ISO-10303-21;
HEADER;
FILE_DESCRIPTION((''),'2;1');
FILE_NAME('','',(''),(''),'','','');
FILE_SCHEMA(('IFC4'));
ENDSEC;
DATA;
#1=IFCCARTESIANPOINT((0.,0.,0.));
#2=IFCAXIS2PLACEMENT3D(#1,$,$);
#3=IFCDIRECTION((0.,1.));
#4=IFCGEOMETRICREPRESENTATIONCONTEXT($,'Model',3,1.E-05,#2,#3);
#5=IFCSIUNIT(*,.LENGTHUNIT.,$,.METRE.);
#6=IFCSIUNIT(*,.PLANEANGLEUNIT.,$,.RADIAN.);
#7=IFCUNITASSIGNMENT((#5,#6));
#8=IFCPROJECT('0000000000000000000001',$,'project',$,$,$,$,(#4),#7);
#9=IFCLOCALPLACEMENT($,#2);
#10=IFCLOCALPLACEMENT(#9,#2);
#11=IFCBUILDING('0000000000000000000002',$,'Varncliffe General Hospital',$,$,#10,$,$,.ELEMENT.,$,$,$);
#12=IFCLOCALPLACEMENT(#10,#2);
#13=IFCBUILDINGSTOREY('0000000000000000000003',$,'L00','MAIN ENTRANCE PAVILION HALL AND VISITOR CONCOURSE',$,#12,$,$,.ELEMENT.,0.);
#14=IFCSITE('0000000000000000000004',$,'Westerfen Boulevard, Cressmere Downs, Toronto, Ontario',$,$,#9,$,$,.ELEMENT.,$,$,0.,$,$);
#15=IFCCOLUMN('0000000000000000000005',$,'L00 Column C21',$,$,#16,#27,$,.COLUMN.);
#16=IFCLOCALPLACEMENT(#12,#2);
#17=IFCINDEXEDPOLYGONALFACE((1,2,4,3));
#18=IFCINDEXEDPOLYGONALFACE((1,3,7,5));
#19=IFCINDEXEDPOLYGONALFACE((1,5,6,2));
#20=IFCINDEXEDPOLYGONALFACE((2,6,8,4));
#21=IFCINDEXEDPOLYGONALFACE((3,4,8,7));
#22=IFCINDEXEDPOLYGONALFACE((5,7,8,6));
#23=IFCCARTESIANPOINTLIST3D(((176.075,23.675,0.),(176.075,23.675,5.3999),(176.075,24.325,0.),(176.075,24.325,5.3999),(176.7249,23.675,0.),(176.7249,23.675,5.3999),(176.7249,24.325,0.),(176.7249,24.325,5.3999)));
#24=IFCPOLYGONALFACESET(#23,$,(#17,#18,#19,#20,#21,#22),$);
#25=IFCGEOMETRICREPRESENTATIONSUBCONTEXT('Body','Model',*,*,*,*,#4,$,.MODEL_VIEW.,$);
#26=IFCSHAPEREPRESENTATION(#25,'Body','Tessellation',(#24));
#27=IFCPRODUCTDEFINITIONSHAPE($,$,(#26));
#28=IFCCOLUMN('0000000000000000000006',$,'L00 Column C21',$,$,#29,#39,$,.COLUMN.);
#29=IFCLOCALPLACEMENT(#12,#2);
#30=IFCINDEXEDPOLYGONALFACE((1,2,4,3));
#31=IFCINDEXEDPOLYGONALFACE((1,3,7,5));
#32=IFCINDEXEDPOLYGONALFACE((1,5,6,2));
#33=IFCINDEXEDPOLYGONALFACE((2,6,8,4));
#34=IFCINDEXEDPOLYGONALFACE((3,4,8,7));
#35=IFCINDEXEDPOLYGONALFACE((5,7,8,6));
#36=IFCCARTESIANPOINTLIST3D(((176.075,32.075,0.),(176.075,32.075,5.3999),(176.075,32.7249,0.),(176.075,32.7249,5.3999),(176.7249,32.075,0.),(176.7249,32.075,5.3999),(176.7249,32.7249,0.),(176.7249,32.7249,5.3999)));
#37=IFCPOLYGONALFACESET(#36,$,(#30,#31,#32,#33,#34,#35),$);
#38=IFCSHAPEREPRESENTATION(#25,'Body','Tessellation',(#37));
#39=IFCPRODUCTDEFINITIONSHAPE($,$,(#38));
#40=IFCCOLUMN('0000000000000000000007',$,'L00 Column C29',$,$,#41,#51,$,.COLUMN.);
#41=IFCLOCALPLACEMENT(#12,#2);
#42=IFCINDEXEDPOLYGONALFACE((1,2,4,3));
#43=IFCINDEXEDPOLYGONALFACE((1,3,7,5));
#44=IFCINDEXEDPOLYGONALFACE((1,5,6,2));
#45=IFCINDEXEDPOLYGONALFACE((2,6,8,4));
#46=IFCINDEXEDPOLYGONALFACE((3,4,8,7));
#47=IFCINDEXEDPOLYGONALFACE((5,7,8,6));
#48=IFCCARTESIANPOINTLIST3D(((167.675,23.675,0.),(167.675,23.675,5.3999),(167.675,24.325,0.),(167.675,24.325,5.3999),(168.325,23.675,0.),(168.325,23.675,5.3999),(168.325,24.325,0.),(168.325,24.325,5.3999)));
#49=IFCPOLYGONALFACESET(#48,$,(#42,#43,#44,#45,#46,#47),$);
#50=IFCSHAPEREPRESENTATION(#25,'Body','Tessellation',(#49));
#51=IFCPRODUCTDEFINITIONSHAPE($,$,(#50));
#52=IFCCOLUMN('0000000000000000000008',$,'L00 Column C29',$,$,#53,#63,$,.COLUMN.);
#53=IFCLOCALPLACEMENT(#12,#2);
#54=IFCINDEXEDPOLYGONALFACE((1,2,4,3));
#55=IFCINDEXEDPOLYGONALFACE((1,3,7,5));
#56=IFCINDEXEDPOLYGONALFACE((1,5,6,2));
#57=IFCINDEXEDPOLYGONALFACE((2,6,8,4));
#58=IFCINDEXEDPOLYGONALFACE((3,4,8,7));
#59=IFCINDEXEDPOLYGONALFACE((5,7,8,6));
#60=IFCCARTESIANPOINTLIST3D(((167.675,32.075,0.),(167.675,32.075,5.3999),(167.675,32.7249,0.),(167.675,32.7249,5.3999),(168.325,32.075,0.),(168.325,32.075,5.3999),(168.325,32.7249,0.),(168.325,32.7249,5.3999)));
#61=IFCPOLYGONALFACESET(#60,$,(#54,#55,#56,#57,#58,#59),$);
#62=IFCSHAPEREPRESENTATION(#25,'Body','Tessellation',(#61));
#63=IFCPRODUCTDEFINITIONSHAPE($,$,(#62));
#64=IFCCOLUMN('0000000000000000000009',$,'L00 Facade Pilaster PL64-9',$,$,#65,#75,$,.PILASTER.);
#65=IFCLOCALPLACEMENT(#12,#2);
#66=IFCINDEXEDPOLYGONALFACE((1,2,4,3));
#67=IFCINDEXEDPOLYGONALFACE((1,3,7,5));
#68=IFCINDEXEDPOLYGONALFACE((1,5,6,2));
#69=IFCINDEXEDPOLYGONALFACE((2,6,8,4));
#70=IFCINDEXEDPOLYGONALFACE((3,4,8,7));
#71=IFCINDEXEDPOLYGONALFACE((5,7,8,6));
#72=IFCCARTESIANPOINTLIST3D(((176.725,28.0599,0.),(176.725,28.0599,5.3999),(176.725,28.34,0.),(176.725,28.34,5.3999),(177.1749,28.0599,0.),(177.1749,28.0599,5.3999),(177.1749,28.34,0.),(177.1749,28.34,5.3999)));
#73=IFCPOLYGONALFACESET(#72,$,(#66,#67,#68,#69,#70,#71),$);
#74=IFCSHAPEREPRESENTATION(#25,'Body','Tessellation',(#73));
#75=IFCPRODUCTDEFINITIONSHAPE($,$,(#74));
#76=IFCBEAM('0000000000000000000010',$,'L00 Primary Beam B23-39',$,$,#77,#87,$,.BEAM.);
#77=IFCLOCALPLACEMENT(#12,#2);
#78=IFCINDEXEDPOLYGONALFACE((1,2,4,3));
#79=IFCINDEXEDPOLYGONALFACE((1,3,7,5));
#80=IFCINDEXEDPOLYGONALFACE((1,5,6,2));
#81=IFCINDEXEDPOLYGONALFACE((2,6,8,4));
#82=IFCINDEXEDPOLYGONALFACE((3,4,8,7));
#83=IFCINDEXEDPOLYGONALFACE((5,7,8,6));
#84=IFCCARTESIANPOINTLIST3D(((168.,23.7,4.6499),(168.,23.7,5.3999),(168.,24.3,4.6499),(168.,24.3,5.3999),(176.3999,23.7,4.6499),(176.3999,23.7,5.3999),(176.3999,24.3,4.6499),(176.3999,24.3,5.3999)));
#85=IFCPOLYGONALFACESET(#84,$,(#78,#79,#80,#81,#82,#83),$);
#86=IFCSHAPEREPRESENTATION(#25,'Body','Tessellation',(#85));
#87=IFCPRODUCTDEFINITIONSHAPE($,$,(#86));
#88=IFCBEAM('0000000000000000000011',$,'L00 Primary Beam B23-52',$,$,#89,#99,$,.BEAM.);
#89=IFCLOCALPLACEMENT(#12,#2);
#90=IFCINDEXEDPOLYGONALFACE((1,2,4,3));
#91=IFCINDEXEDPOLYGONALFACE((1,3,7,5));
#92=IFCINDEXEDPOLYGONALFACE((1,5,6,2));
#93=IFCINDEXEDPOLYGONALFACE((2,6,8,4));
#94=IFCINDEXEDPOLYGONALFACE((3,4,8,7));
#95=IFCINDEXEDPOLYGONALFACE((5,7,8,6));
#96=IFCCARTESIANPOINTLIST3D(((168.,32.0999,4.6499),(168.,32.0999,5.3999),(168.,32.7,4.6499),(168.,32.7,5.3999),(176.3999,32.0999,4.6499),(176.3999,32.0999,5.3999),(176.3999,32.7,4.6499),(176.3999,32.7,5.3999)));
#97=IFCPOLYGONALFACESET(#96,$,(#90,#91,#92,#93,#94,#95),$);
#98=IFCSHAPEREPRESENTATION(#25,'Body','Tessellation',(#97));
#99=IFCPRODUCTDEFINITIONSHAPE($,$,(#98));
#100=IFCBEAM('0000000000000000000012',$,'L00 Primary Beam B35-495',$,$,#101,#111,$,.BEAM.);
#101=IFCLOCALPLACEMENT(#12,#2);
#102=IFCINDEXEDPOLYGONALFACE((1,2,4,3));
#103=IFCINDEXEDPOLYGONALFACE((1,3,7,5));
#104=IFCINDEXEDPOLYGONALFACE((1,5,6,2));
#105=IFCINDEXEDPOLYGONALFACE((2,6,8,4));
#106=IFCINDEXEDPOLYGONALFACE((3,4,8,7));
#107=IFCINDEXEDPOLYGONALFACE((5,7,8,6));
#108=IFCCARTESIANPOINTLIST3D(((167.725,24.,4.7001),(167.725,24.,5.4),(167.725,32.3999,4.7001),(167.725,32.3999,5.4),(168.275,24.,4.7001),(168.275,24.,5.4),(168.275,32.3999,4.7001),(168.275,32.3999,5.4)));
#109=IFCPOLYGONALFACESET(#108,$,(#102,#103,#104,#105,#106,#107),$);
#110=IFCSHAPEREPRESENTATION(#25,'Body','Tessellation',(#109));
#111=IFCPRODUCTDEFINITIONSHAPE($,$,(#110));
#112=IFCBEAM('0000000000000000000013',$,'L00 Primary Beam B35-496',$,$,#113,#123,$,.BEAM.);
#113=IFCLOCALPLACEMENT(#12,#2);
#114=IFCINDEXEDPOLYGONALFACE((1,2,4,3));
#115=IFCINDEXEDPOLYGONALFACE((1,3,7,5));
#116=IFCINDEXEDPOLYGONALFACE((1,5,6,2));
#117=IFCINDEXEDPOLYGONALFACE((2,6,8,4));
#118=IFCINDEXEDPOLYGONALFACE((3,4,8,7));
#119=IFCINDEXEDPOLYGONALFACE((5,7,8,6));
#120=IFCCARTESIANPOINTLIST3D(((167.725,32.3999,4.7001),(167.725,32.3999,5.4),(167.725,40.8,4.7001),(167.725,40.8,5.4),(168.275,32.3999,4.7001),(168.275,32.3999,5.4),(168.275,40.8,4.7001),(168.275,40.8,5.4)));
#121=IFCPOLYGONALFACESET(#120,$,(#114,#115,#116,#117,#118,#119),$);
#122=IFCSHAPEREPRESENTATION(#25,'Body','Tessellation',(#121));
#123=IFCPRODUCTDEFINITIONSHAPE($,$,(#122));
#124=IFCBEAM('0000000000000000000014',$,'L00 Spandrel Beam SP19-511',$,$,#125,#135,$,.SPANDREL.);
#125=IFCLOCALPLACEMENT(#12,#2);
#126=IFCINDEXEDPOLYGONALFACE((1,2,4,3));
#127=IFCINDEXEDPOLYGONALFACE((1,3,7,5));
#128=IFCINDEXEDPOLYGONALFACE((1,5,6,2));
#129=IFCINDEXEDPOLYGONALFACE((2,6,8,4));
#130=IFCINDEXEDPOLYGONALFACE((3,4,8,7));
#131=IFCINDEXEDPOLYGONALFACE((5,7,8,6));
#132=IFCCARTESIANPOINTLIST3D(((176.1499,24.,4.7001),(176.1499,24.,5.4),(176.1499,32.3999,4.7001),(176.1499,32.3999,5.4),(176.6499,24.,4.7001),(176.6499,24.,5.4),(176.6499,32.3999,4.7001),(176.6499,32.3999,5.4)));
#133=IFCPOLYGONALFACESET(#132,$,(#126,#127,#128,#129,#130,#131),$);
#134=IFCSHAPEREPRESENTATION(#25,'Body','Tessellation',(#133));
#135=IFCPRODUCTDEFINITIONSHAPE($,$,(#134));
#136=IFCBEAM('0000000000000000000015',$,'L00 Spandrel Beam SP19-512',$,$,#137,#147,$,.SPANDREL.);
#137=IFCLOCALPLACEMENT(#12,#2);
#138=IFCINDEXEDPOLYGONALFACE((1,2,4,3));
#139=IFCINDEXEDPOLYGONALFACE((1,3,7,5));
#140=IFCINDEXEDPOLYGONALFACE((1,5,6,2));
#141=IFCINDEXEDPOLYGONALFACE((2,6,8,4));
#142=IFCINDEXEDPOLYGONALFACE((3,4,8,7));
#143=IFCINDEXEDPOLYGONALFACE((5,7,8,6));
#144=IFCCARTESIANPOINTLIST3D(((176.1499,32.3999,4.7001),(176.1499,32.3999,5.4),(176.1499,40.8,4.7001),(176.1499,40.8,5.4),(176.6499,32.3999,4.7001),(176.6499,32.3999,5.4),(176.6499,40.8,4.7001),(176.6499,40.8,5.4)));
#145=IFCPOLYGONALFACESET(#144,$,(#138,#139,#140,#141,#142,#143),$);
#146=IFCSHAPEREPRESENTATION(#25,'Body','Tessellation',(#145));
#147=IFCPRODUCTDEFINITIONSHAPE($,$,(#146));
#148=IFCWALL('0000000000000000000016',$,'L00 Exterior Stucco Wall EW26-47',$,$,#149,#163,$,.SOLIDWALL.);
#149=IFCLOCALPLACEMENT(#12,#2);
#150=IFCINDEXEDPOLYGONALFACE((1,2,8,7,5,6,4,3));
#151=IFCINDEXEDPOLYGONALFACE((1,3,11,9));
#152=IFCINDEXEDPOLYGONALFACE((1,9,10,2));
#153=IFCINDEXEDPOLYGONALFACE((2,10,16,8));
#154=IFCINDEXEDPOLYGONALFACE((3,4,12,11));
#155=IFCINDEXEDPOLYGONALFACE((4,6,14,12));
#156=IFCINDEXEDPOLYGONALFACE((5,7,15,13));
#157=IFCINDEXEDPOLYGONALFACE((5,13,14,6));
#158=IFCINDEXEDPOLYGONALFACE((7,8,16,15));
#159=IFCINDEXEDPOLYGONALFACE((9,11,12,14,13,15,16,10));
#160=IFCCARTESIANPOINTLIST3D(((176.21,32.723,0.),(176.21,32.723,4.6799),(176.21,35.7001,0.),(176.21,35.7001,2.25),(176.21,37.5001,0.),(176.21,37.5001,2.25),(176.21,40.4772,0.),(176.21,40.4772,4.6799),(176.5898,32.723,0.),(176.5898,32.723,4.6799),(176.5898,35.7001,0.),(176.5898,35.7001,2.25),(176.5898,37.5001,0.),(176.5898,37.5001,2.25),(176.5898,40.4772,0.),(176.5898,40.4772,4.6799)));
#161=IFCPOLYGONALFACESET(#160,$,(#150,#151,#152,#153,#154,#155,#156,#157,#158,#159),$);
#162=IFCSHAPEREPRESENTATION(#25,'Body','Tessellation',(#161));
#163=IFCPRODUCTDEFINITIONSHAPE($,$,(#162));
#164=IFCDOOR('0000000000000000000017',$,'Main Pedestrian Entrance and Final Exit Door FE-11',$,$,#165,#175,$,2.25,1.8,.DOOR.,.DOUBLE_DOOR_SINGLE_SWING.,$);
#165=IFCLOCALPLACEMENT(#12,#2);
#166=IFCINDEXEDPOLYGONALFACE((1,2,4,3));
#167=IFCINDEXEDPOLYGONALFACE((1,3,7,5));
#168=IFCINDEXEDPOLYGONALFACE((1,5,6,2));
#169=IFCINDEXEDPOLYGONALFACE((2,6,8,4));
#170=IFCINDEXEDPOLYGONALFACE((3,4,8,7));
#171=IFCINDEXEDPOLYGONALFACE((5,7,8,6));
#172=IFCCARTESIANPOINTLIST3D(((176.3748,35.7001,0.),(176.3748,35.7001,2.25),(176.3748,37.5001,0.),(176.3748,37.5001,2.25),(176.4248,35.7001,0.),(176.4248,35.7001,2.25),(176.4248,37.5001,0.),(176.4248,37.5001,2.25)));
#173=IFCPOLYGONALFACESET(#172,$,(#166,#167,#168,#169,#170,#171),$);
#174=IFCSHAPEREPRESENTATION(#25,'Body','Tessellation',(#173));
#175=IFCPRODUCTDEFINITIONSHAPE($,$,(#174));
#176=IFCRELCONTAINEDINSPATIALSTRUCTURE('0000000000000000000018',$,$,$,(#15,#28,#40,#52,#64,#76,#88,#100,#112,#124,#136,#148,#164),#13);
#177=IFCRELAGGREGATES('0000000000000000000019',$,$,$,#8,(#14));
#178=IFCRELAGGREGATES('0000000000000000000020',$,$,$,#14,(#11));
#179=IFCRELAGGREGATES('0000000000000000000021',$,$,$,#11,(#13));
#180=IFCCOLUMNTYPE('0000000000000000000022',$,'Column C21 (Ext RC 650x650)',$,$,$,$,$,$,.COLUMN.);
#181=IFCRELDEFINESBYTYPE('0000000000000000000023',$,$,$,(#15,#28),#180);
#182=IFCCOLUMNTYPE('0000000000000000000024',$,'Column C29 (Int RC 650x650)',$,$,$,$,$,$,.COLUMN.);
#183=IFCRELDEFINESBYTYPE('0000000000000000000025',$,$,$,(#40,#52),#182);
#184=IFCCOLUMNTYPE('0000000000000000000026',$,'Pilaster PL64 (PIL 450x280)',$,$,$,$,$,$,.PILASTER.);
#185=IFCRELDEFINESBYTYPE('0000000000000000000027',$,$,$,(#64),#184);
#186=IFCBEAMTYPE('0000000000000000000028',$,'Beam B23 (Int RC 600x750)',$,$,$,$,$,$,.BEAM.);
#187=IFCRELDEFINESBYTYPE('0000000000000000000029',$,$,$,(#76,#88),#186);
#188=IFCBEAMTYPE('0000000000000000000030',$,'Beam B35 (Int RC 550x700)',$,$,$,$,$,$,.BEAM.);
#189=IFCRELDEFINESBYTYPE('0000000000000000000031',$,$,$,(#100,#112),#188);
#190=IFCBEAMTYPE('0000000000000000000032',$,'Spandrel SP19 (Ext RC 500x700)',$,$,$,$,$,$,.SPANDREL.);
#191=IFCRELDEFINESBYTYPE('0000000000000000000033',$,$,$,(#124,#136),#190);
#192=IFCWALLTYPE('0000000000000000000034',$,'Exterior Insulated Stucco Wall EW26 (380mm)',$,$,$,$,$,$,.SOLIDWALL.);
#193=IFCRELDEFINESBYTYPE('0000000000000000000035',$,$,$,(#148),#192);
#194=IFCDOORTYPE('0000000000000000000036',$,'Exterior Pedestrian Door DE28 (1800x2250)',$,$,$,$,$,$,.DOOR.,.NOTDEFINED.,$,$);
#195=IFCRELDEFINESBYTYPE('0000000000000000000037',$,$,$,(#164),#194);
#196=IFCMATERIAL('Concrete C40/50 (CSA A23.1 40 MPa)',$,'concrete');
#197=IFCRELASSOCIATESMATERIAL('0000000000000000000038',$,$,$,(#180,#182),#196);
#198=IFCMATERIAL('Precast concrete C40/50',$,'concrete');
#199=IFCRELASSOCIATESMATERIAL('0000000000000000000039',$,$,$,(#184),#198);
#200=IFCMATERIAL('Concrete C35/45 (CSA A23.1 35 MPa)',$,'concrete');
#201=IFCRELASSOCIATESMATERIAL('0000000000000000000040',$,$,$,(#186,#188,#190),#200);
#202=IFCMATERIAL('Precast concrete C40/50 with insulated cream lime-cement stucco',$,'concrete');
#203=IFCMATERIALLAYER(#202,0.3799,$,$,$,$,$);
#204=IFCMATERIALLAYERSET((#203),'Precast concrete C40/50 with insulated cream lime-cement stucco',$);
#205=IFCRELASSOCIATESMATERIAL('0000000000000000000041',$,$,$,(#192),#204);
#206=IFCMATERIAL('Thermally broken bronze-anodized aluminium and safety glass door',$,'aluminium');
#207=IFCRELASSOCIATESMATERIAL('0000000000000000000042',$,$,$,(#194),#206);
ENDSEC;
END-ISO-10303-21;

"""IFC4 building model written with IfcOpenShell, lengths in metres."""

from ifc_helpers import new_model, si_unit, direction, frame, frame_2d, origin, origin_2d, place, context, subcontext, project, spatial, rectangle, extrude, material, layer, layer_set, material_profile, profile_set, type_object, element, fill, save


model = new_model("IFC4")

# Units and contexts
model_context = context("Model", 3, precision=1e-05, world=origin(), true_north=direction((0.0, 1.0)))
body_context = subcontext(model_context, "Body", "Model", "MODEL_VIEW")
ifc_project = project(units=[si_unit("LENGTHUNIT", "METRE"), si_unit("PLANEANGLEUNIT", "RADIAN")], contexts=[model_context])

# Site, building, storey
site_placement = place(None, origin())
site = spatial("IfcSite", under=ifc_project, at=site_placement, Name="Westerfen Boulevard, Cressmere Downs, Toronto, Ontario", CompositionType="ELEMENT", RefElevation=0.0)
building_placement = place(site_placement, origin())
building = spatial("IfcBuilding", under=site, at=building_placement, Name="Varncliffe General Hospital", CompositionType="ELEMENT")
storey_placement = place(building_placement, origin())
storey = spatial("IfcBuildingStorey", under=building, at=storey_placement, Name="L00", Description="MAIN ENTRANCE PAVILION HALL AND VISITOR CONCOURSE", CompositionType="ELEMENT", Elevation=0.0)

# Columns
ifc_material_1 = material(Name="Concrete C40/50 (CSA A23.1 40 MPa)", Category="concrete")
ifc_material_profile_1 = material_profile(ifc_material_1, rectangle(XDim=0.6499, YDim=0.6499, at=origin_2d()), Name="RC 650x650")
ifc_profile_set_1 = profile_set([ifc_material_profile_1], Name="Concrete C40/50 (CSA A23.1 40 MPa)")
column_type_1 = type_object("IfcColumnType", Name="Column C21 (Ext RC 650x650)", PredefinedType="COLUMN", material=ifc_profile_set_1)
for number, where, z_axis, x_axis, name in (
    (1, (176.3999, 24.0, 0.0), (0.0, 0.0, 1.0), (1.0, 0.0, 0.0), "L00 Column C21"),
    (2, (176.3999, 32.3999, 0.0), (0.0, 0.0, 1.0), (1.0, 0.0, 0.0), "L00 Column C21"),
):
    element("IfcColumn", number, at=place(storey_placement, frame(where, z_axis=z_axis, x_axis=x_axis)), inside=storey, type_object=column_type_1, Name=name, PredefinedType="COLUMN", context=body_context, shape_type="SweptSolid", body=[
        extrude(rectangle(XDim=0.6499, YDim=0.6499, at=origin_2d()), origin(), (0.0, 0.0, 1.0), 5.3999),
    ])
ifc_material_profile_2 = material_profile(ifc_material_1, rectangle(XDim=0.6499, YDim=0.6499, at=origin_2d()), Name="RC 650x650")
ifc_profile_set_2 = profile_set([ifc_material_profile_2], Name="Concrete C40/50 (CSA A23.1 40 MPa)")
column_type_2 = type_object("IfcColumnType", Name="Column C29 (Int RC 650x650)", PredefinedType="COLUMN", material=ifc_profile_set_2)
for number, where, z_axis, x_axis, name in (
    (3, (168.0, 24.0, 0.0), (0.0, 0.0, 1.0), (1.0, 0.0, 0.0), "L00 Column C29"),
    (4, (168.0, 32.3999, 0.0), (0.0, 0.0, 1.0), (1.0, 0.0, 0.0), "L00 Column C29"),
):
    element("IfcColumn", number, at=place(storey_placement, frame(where, z_axis=z_axis, x_axis=x_axis)), inside=storey, type_object=column_type_2, Name=name, PredefinedType="COLUMN", context=body_context, shape_type="SweptSolid", body=[
        extrude(rectangle(XDim=0.6499, YDim=0.6499, at=origin_2d()), origin(), (0.0, 0.0, 1.0), 5.3999),
    ])
ifc_material_2 = material(Name="Precast concrete C40/50", Category="concrete")
ifc_material_profile_3 = material_profile(ifc_material_2, rectangle(XDim=0.45, YDim=0.28, at=origin_2d()), Name="PIL 450x280")
ifc_profile_set_3 = profile_set([ifc_material_profile_3], Name="Precast concrete C40/50")
column_type_3 = type_object("IfcColumnType", Name="Pilaster PL64 (PIL 450x280)", PredefinedType="PILASTER", material=ifc_profile_set_3)
column_placement = place(storey_placement, frame((176.95, 28.2, 0.0), z_axis=(0.0, 0.0, 1.0), x_axis=(1.0, 0.0, 0.0)))
element("IfcColumn", 5, at=column_placement, inside=storey, type_object=column_type_3, Name="L00 Facade Pilaster PL64-9", PredefinedType="PILASTER", context=body_context, shape_type="SweptSolid", body=[
    extrude(rectangle(XDim=0.45, YDim=0.28, at=origin_2d()), origin(), (0.0, 0.0, 1.0), 5.3999),
])

# Beams
ifc_material_3 = material(Name="Concrete C35/45 (CSA A23.1 35 MPa)", Category="concrete")
ifc_material_profile_4 = material_profile(ifc_material_3, rectangle(XDim=0.6001, YDim=0.75, at=origin_2d()), Name="RC 600x750")
ifc_profile_set_4 = profile_set([ifc_material_profile_4], Name="Concrete C35/45 (CSA A23.1 35 MPa)")
beam_type_1 = type_object("IfcBeamType", Name="Beam B23 (Int RC 600x750)", PredefinedType="BEAM", material=ifc_profile_set_4)
for number, where, z_axis, x_axis, name in (
    (6, (168.0, 24.0, 5.0249), (1.0, 0.0, 0.0), (0.0, 1.0, 0.0), "L00 Primary Beam B23-39"),
    (7, (168.0, 32.3999, 5.0249), (1.0, 0.0, 0.0), (0.0, 1.0, 0.0), "L00 Primary Beam B23-52"),
):
    element("IfcBeam", number, at=place(storey_placement, frame(where, z_axis=z_axis, x_axis=x_axis)), inside=storey, type_object=beam_type_1, Name=name, PredefinedType="BEAM", context=body_context, shape_type="SweptSolid", body=[
        extrude(rectangle(XDim=0.6001, YDim=0.75, at=origin_2d()), origin(), (0.0, 0.0, 1.0), 8.3999),
    ])
ifc_material_profile_5 = material_profile(ifc_material_3, rectangle(XDim=0.55, YDim=0.7, at=origin_2d()), Name="RC 550x700")
ifc_profile_set_5 = profile_set([ifc_material_profile_5], Name="Concrete C35/45 (CSA A23.1 35 MPa)")
beam_type_2 = type_object("IfcBeamType", Name="Beam B35 (Int RC 550x700)", PredefinedType="BEAM", material=ifc_profile_set_5)
beam_1_placement = place(storey_placement, frame((168.0, 24.0, 5.05), z_axis=(0.0, 1.0, 0.0), x_axis=(-1.0, 0.0, 0.0)))
element("IfcBeam", 8, at=beam_1_placement, inside=storey, type_object=beam_type_2, Name="L00 Primary Beam B35-495", PredefinedType="BEAM", context=body_context, shape_type="SweptSolid", body=[
    extrude(rectangle(XDim=0.55, YDim=0.7, at=origin_2d()), origin(), (0.0, 0.0, 1.0), 8.3999),
])
beam_2_placement = place(storey_placement, frame((168.0, 32.3999, 5.05), z_axis=(0.0, 1.0, 0.0), x_axis=(-1.0, 0.0, 0.0)))
element("IfcBeam", 9, at=beam_2_placement, inside=storey, type_object=beam_type_2, Name="L00 Primary Beam B35-496", PredefinedType="BEAM", context=body_context, shape_type="SweptSolid", body=[
    extrude(rectangle(XDim=0.55, YDim=0.7, at=origin_2d()), origin(), (0.0, 0.0, 1.0), 8.4001),
])
ifc_material_profile_6 = material_profile(ifc_material_3, rectangle(XDim=0.5, YDim=0.7, at=origin_2d()), Name="RC 500x700")
ifc_profile_set_6 = profile_set([ifc_material_profile_6], Name="Concrete C35/45 (CSA A23.1 35 MPa)")
beam_type_3 = type_object("IfcBeamType", Name="Spandrel SP19 (Ext RC 500x700)", PredefinedType="SPANDREL", material=ifc_profile_set_6)
beam_3_placement = place(storey_placement, frame((176.3999, 24.0, 5.05), z_axis=(0.0, 1.0, 0.0), x_axis=(-1.0, 0.0, 0.0)))
element("IfcBeam", 10, at=beam_3_placement, inside=storey, type_object=beam_type_3, Name="L00 Spandrel Beam SP19-511", PredefinedType="SPANDREL", context=body_context, shape_type="SweptSolid", body=[
    extrude(rectangle(XDim=0.5, YDim=0.7, at=origin_2d()), origin(), (0.0, 0.0, 1.0), 8.3999),
])
beam_4_placement = place(storey_placement, frame((176.3999, 32.3999, 5.05), z_axis=(0.0, 1.0, 0.0), x_axis=(-1.0, 0.0, 0.0)))
element("IfcBeam", 11, at=beam_4_placement, inside=storey, type_object=beam_type_3, Name="L00 Spandrel Beam SP19-512", PredefinedType="SPANDREL", context=body_context, shape_type="SweptSolid", body=[
    extrude(rectangle(XDim=0.5, YDim=0.7, at=origin_2d()), origin(), (0.0, 0.0, 1.0), 8.4001),
])

# Wall, opening, door
ifc_material_4 = material(Name="Precast concrete C40/50 with insulated cream lime-cement stucco", Category="concrete")
ifc_layer_1 = layer(ifc_material_4, 0.3799)
ifc_layer_set_1 = layer_set([ifc_layer_1], Name="Precast concrete C40/50 with insulated cream lime-cement stucco")
wall_type_1 = type_object("IfcWallType", Name="Exterior Insulated Stucco Wall EW26 (380mm)", PredefinedType="SOLIDWALL", material=ifc_layer_set_1)
wall_1_placement = place(storey_placement, frame((176.3999, 40.4771, 0.0), z_axis=(0.0, 0.0, 1.0), x_axis=(0.0, -1.0, 0.0)))
wall_1 = element("IfcWall", 12, at=wall_1_placement, inside=storey, type_object=wall_type_1, Name="L00 Exterior Stucco Wall EW26-47", PredefinedType="SOLIDWALL", context=body_context, shape_type="SweptSolid", body=[
    extrude(rectangle(XDim=7.7542, YDim=0.3799, at=frame_2d((3.877, 0.0))), origin(), (0.0, 0.0, 1.0), 4.6799),
])
opening_1_placement = place(wall_1_placement, frame((2.9771, 0.0, 0.0)))
opening_1 = element("IfcOpeningElement", 13, at=opening_1_placement, cuts=wall_1, PredefinedType="OPENING", context=body_context, shape_type="SweptSolid", body=[
    extrude(rectangle(XDim=1.8, YDim=2.25, at=frame_2d((0.8999, 1.125))), frame((0.0, 0.2, 0.0), z_axis=(0.0, -1.0, 0.0), x_axis=(1.0, 0.0, 0.0)), (0.0, 0.0, 1.0), 0.3999),
])
ifc_material_5 = material(Name="Thermally broken bronze-anodized aluminium and safety glass door", Category="aluminium")
door_type_1 = type_object("IfcDoorType", Name="Exterior Pedestrian Door DE28 (1800x2250)", OperationType="NOTDEFINED", PredefinedType="DOOR", material=ifc_material_5)
door_1_placement = place(opening_1_placement, origin())
door_1 = element("IfcDoor", 14, at=door_1_placement, inside=storey, type_object=door_type_1, Name="Main Pedestrian Entrance and Final Exit Door FE-11", OperationType="DOUBLE_DOOR_SINGLE_SWING", OverallHeight=2.25, OverallWidth=1.8, PredefinedType="DOOR", context=body_context, shape_type="SweptSolid", body=[
    extrude(rectangle(XDim=1.8, YDim=2.25, at=frame_2d((0.8999, 1.125))), frame((0.0, 0.0249, 0.0), z_axis=(0.0, -1.0, 0.0), x_axis=(1.0, 0.0, 0.0)), (0.0, 0.0, 1.0), 0.05),
])
fill(opening_1, door_1)

save(model, "model.ifc")
